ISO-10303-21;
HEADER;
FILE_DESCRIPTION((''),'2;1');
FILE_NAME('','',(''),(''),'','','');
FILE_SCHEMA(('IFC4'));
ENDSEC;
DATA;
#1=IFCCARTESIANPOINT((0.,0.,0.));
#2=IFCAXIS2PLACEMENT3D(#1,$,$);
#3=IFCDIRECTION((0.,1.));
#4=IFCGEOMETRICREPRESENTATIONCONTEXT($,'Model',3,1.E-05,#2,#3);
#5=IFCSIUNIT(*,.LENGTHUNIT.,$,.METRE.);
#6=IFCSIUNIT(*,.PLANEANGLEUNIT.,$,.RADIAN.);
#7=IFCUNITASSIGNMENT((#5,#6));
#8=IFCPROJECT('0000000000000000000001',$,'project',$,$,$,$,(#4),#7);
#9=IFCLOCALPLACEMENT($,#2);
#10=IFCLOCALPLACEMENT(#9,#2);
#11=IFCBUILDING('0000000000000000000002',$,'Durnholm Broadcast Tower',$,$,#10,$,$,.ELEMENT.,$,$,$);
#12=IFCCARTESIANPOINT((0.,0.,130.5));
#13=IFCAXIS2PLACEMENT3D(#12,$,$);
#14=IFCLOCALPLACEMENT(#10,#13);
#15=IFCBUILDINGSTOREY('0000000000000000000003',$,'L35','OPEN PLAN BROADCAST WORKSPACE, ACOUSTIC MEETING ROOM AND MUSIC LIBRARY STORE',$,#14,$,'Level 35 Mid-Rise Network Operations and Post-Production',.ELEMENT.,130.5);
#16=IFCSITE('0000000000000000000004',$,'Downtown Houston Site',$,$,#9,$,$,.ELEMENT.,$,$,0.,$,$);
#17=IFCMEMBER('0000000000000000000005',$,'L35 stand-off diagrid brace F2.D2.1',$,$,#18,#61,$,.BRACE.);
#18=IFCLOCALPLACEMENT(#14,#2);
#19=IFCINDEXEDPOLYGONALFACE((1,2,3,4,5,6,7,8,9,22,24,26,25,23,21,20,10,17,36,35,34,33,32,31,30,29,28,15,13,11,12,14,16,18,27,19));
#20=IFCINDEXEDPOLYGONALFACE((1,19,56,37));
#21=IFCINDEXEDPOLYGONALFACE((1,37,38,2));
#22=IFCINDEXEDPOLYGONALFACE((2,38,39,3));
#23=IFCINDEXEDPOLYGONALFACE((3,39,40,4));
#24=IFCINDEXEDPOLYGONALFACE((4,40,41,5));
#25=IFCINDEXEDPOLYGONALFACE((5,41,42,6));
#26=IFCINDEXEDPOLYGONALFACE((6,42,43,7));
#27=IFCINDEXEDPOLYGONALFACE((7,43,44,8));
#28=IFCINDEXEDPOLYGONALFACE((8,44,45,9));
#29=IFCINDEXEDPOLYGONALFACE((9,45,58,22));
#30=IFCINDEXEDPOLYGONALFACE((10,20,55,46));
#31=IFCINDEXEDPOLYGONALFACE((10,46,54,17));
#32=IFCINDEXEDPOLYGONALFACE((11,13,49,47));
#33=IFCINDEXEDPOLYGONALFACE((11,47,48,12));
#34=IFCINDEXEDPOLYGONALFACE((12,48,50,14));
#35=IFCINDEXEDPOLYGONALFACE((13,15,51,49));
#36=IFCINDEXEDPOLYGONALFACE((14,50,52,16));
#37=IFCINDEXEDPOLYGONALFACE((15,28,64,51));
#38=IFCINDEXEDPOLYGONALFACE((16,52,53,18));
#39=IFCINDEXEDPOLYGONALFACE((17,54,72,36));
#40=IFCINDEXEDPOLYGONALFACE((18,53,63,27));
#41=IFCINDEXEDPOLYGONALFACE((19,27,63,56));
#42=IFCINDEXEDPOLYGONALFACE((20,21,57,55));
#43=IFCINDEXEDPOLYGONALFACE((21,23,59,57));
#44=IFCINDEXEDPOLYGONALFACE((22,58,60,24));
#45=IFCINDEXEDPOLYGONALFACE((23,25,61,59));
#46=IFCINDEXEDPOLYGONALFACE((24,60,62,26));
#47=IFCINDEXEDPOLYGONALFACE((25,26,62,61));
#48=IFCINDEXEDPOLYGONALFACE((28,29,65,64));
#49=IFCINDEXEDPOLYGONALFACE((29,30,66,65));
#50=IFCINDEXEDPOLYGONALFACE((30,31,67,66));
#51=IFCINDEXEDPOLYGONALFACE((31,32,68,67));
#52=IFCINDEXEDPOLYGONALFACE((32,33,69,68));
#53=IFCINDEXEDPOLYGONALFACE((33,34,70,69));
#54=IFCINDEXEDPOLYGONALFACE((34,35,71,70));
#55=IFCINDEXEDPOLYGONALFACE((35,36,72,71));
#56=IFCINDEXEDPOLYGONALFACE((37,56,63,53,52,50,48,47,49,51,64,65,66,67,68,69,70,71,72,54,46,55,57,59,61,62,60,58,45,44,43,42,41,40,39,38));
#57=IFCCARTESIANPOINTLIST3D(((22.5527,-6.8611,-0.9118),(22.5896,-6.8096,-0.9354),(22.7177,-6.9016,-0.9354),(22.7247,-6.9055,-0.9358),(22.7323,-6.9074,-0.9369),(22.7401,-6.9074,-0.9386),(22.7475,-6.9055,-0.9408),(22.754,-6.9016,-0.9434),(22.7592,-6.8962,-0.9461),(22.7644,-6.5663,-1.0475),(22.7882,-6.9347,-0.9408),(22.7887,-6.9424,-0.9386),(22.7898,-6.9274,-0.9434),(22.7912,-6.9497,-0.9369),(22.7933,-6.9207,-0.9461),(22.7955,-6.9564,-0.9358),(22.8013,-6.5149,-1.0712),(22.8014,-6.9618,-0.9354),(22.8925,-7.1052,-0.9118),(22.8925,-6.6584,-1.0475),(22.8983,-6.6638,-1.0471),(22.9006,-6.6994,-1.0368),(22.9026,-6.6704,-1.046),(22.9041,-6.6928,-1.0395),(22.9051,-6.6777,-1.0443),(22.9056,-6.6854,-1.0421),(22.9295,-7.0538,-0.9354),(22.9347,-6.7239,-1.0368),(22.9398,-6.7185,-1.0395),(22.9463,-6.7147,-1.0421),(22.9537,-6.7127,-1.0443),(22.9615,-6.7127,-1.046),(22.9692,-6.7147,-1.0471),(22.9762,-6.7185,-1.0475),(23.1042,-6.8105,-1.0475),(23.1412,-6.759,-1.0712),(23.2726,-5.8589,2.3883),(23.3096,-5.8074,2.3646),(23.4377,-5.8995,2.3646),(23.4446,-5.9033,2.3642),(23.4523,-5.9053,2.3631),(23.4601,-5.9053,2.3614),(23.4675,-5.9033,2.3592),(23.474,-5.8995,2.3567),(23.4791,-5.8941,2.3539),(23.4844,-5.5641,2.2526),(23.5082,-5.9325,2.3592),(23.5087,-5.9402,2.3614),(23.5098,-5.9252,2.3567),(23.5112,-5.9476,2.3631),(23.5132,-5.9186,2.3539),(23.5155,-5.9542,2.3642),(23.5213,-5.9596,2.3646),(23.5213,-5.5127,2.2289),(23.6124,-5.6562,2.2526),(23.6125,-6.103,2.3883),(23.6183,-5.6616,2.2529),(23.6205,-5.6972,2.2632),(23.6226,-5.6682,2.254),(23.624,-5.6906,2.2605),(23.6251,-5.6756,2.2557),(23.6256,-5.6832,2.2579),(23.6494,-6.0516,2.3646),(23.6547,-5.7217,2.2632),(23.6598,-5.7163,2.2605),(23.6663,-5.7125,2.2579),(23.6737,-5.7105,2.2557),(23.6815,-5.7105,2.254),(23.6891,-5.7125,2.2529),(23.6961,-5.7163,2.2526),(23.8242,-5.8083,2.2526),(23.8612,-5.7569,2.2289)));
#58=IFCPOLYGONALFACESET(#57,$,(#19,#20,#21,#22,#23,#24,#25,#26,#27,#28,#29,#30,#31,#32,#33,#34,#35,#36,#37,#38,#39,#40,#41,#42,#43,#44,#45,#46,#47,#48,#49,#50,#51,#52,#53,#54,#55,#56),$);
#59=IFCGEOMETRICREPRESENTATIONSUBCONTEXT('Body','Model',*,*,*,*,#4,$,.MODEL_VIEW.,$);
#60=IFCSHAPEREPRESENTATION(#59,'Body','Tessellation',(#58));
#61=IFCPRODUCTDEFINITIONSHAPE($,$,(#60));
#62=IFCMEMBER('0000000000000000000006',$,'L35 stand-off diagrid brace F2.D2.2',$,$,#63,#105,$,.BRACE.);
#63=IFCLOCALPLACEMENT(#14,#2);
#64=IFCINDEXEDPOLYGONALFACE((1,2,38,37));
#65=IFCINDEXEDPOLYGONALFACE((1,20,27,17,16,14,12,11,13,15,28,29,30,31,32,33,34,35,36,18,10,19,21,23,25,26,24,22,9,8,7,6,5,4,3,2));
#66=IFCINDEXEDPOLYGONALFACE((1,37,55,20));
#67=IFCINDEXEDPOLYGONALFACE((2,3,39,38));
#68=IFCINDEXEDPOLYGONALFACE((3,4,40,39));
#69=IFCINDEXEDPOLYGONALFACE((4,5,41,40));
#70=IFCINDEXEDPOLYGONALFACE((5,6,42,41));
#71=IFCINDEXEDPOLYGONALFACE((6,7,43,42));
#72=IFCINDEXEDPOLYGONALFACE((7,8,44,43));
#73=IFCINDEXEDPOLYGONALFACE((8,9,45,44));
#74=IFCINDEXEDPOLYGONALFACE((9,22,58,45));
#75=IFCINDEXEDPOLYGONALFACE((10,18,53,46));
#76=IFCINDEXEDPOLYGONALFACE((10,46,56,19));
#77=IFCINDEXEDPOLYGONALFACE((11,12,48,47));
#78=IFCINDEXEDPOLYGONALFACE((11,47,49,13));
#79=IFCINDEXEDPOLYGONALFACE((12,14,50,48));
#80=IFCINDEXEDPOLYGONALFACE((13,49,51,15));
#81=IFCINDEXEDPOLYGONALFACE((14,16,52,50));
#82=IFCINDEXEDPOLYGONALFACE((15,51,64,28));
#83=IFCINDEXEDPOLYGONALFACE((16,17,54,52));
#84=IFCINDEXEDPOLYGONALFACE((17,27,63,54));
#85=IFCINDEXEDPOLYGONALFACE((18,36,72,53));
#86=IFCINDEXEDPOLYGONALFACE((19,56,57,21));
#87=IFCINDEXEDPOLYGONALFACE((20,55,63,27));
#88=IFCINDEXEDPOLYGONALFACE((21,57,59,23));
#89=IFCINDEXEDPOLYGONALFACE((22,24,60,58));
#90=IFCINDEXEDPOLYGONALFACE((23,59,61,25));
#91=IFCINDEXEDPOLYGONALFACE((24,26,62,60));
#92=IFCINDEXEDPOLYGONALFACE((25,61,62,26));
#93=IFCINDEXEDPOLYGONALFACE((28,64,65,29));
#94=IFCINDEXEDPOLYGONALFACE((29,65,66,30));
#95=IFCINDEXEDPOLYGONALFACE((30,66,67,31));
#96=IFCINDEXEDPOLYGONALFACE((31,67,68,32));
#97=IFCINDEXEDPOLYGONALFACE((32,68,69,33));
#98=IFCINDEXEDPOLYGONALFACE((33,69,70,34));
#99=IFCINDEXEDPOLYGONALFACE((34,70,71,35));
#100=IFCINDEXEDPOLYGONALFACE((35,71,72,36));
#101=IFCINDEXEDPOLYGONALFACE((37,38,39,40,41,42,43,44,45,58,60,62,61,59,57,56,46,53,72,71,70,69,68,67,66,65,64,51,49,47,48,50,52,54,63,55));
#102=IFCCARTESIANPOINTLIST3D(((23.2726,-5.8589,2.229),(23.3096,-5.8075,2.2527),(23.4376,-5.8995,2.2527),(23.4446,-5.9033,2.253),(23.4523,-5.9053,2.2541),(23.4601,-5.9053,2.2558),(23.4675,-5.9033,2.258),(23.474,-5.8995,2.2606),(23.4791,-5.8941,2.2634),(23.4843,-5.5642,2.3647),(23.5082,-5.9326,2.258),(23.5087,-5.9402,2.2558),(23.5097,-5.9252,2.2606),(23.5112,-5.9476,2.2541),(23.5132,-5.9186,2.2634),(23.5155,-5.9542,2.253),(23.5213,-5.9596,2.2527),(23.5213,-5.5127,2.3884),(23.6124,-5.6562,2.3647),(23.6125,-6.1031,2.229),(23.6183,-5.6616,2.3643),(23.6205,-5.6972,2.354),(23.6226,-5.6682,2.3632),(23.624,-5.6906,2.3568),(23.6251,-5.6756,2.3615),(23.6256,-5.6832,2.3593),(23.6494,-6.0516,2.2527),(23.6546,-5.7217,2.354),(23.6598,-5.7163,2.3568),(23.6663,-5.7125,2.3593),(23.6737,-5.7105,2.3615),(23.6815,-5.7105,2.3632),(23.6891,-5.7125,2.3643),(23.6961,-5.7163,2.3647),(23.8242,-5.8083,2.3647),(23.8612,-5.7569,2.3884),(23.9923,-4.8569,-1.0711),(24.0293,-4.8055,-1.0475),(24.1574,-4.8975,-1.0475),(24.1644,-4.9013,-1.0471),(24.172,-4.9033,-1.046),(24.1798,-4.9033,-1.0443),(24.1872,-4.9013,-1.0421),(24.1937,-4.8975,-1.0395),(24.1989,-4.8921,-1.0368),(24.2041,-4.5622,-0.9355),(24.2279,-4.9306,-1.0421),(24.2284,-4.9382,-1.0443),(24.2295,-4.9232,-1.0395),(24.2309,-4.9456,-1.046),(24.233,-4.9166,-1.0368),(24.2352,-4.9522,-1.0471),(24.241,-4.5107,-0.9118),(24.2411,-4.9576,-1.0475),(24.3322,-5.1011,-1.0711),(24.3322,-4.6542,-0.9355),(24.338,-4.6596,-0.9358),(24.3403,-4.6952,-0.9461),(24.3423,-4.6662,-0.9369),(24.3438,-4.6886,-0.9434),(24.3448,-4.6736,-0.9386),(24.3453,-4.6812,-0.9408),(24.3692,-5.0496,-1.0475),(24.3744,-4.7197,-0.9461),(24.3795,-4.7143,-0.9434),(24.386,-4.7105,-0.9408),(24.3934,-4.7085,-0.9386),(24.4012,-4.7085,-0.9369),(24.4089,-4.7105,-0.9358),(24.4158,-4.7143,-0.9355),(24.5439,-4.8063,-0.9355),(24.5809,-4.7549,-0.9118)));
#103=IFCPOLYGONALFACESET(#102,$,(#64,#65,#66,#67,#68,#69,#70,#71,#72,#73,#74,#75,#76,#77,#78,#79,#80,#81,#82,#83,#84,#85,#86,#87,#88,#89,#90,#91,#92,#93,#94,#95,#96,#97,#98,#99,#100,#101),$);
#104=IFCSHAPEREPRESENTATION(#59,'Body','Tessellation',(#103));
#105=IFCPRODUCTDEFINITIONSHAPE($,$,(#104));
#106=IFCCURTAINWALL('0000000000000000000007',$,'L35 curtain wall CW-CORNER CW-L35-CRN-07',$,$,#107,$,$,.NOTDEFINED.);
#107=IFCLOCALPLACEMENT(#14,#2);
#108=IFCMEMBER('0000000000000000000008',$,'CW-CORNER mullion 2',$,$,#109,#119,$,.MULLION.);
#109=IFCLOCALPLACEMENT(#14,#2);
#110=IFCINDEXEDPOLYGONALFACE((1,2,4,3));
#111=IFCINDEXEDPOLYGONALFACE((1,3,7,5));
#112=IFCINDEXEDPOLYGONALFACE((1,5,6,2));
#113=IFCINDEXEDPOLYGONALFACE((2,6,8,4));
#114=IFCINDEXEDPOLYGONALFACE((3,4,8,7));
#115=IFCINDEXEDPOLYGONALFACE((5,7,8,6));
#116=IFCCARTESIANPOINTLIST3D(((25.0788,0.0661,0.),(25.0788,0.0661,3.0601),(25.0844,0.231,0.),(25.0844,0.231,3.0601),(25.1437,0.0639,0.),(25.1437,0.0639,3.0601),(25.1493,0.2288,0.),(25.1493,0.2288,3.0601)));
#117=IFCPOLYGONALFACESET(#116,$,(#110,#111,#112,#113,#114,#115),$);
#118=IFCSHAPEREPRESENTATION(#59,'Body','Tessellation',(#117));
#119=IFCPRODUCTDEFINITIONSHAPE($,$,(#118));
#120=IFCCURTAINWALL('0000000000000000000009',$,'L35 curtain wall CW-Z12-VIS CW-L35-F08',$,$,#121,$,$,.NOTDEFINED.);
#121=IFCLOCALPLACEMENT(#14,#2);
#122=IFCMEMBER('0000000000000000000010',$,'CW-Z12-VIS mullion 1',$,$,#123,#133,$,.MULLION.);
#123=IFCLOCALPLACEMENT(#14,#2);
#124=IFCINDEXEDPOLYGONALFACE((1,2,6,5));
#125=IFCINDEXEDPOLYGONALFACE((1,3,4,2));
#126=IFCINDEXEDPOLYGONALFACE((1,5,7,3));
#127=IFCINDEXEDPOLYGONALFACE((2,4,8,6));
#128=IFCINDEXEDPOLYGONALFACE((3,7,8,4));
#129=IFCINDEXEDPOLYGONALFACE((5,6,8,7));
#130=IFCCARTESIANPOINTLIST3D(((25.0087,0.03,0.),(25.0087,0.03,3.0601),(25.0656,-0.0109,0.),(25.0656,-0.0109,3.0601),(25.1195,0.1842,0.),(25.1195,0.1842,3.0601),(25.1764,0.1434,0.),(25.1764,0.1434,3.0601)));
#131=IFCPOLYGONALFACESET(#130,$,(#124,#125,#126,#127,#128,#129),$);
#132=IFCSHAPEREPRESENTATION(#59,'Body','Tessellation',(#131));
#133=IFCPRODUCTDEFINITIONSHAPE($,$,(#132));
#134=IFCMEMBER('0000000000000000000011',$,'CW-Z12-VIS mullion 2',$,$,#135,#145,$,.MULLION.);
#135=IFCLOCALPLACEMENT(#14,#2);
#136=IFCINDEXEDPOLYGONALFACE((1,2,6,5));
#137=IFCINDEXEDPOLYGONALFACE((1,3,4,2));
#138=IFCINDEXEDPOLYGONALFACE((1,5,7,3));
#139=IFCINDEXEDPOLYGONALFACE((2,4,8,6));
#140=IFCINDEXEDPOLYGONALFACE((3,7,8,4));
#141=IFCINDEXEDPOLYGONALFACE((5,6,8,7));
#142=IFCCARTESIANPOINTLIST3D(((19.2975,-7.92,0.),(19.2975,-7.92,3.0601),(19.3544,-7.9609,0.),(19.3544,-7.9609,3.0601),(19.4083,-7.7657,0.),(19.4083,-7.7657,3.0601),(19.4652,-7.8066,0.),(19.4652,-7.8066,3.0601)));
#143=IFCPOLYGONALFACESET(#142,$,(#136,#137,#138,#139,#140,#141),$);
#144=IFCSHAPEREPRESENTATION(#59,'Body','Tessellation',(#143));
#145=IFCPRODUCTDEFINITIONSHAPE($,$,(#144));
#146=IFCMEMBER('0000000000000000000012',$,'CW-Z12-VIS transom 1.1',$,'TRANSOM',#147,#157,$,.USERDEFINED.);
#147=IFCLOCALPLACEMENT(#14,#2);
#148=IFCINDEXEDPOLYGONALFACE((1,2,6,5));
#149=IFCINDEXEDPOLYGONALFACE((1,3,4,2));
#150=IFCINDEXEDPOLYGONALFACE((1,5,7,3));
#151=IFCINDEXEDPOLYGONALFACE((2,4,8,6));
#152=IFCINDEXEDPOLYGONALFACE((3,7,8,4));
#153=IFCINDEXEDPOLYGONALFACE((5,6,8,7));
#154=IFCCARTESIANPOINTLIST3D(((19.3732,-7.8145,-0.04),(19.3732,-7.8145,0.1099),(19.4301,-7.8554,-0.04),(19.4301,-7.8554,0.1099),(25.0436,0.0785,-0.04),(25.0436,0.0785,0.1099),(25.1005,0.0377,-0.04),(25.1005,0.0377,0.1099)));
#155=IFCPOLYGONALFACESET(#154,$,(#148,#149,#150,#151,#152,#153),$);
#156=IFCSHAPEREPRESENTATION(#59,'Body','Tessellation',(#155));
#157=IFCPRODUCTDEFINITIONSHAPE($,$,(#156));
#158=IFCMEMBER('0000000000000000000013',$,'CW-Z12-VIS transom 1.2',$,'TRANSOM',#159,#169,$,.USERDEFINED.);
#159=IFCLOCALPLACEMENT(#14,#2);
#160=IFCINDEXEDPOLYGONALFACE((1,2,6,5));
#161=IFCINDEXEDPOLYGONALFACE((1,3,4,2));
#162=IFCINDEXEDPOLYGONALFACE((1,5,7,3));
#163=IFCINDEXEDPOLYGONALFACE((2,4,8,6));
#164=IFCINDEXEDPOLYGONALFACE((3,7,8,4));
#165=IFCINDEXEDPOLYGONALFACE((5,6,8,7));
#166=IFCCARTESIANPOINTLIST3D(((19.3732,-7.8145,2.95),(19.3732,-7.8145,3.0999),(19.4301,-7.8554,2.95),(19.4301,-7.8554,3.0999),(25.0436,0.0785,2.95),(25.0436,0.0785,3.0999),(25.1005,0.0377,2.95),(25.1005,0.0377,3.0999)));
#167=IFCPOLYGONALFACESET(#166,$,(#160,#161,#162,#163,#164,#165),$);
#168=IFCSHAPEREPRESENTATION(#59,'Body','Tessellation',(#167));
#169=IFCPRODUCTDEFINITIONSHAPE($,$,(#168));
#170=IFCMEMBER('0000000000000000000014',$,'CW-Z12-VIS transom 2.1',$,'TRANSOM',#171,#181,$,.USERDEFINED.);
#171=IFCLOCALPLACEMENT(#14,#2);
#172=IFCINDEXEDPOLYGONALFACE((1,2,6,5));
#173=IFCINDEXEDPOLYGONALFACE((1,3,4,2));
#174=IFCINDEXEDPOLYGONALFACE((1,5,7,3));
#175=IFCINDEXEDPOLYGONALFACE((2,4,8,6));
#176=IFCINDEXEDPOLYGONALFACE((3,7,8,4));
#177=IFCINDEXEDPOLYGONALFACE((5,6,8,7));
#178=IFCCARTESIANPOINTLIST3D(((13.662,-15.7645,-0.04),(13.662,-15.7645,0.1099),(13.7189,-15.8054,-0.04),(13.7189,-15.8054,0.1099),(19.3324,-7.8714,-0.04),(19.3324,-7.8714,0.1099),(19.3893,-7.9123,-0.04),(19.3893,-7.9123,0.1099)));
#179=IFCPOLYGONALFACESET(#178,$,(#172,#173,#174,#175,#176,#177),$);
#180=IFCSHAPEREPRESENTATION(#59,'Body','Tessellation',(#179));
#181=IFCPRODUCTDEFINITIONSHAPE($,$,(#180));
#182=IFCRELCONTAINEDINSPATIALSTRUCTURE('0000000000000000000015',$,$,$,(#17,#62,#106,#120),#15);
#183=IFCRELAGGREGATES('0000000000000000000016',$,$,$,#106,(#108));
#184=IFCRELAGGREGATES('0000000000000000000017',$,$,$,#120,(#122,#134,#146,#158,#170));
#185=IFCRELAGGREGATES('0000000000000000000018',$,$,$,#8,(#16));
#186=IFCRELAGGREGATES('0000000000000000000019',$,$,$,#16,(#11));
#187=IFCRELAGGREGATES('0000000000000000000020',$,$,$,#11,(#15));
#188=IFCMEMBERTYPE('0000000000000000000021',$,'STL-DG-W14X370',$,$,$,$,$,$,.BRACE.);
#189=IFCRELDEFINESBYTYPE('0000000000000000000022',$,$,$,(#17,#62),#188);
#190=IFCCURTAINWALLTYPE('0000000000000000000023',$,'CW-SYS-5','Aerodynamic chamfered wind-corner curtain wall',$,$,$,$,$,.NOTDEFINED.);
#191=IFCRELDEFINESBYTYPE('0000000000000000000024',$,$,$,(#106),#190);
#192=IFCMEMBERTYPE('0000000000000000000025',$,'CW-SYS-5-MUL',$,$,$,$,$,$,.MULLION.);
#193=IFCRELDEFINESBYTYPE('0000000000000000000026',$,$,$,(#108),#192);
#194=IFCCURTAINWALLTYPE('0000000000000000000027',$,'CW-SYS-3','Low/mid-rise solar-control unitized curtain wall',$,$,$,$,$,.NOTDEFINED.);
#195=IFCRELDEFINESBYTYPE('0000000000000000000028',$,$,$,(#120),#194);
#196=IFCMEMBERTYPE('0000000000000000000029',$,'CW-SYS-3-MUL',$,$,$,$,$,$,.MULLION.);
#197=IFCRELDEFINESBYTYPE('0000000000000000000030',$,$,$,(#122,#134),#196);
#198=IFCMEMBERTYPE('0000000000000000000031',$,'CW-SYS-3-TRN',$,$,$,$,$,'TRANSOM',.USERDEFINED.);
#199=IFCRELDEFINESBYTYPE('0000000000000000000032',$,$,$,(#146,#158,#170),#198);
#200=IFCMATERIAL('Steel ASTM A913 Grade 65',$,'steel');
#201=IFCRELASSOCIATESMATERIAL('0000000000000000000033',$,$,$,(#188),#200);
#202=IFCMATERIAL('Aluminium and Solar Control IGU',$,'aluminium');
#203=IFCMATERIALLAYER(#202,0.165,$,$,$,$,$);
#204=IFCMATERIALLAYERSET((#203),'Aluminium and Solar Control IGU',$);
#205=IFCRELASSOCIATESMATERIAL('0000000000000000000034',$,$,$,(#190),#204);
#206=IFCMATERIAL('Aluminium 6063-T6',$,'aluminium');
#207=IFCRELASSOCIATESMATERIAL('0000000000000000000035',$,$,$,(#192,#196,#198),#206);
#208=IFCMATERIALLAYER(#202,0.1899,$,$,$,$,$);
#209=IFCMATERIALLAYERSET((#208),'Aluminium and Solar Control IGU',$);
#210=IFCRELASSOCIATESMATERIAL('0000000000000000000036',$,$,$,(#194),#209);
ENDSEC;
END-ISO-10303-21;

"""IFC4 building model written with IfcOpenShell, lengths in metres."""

from ifc_helpers import new_model, si_unit, direction, frame, origin, origin_2d, place, context, subcontext, project, spatial, rectangle, i_section, extrude, source, transform, mapped, material, layer, layer_set, material_profile, profile_set, type_object, type_shapes, element, aggregate, save


model = new_model("IFC4")

# Units and contexts
model_context = context("Model", 3, precision=1e-05, world=origin(), true_north=direction((0.0, 1.0)))
body_context = subcontext(model_context, "Body", "Model", "MODEL_VIEW")
ifc_project = project(units=[si_unit("LENGTHUNIT", "METRE"), si_unit("PLANEANGLEUNIT", "RADIAN")], contexts=[model_context])

# Site, building, storey
site_placement = place(None, origin())
site = spatial("IfcSite", under=ifc_project, at=site_placement, Name="Downtown Houston Site", CompositionType="ELEMENT", RefElevation=0.0)
building_placement = place(site_placement, origin())
building = spatial("IfcBuilding", under=site, at=building_placement, Name="Durnholm Broadcast Tower", CompositionType="ELEMENT")
storey_placement = place(building_placement, frame((0.0, 0.0, 130.5)))
storey = spatial("IfcBuildingStorey", under=building, at=storey_placement, Name="L35", Description="OPEN PLAN BROADCAST WORKSPACE, ACOUSTIC MEETING ROOM AND MUSIC LIBRARY STORE", LongName="Level 35 Mid-Rise Network Operations and Post-Production", CompositionType="ELEMENT", Elevation=130.5)

# Members
ifc_material_1 = material(Name="Steel ASTM A913 Grade 65", Category="steel")
ifc_material_profile_1 = material_profile(ifc_material_1, i_section(OverallWidth=0.4185, OverallDepth=0.4551, WebThickness=0.042, FlangeThickness=0.0676, FilletRadius=0.0305, at=origin_2d()), Name="W14X370")
ifc_profile_set_1 = profile_set([ifc_material_profile_1], Name="Steel ASTM A913 Grade 65")
member_type_1 = type_object("IfcMemberType", Name="STL-DG-W14X370", PredefinedType="BRACE", material=ifc_profile_set_1)
shared_shape_1 = source(origin(), body_context, "Body", "SweptSolid", [
    extrude(i_section(OverallWidth=0.4185, OverallDepth=0.4551, WebThickness=0.042, FlangeThickness=0.0676, FilletRadius=0.0305, at=origin_2d()), origin(), (0.0, 0.0, 1.0), 3.5232),
])
type_shapes(member_type_1, [shared_shape_1])
for number, where, z_axis, x_axis, name in (
    (1, (22.8469, -6.8101, -0.9915), (0.20435, 0.284455, 0.936657), (-0.812153, 0.583444, 0.0), "L35 stand-off diagrid brace F2.D2.1"),
    (2, (24.2866, -4.8059, -0.9915), (-0.204288, -0.284395, 0.936689), (0.812179, -0.583408, 0.0), "L35 stand-off diagrid brace F2.D2.2"),
):
    element("IfcMember", number, at=place(storey_placement, frame(where, z_axis=z_axis, x_axis=x_axis)), inside=storey, type_object=member_type_1, Name=name, PredefinedType="BRACE", context=body_context, shape_type="MappedRepresentation", body=[
        mapped(shared_shape_1, transform((0.0, 0.0, 0.0), x_axis=(1.0, 0.0, 0.0), y_axis=(0.0, 1.0, 0.0), z_axis=(0.0, 0.0, 1.0), scale=1.0)),
    ])

# Curtain wall, member
ifc_material_2 = material(Name="Aluminium and Solar Control IGU", Category="aluminium")
ifc_layer_1 = layer(ifc_material_2, 0.165)
ifc_layer_set_1 = layer_set([ifc_layer_1], Name="Aluminium and Solar Control IGU")
curtain_wall_type_1 = type_object("IfcCurtainWallType", Name="CW-SYS-5", Description="Aerodynamic chamfered wind-corner curtain wall", PredefinedType="NOTDEFINED", material=ifc_layer_set_1)
curtain_wall_1_placement = place(storey_placement, origin())
curtain_wall_1 = element("IfcCurtainWall", 3, at=curtain_wall_1_placement, inside=storey, type_object=curtain_wall_type_1, Name="L35 curtain wall CW-CORNER CW-L35-CRN-07", PredefinedType="NOTDEFINED")
ifc_material_3 = material(Name="Aluminium 6063-T6", Category="aluminium")
ifc_material_profile_2 = material_profile(ifc_material_3, rectangle(XDim=0.0649, YDim=0.165, at=origin_2d()), Name="CWM65X165")
ifc_profile_set_2 = profile_set([ifc_material_profile_2], Name="Aluminium 6063-T6")
member_type_2 = type_object("IfcMemberType", Name="CW-SYS-5-MUL", PredefinedType="MULLION", material=ifc_profile_set_2)
shared_shape_2 = source(origin(), body_context, "Body", "SweptSolid", [
    extrude(rectangle(XDim=0.0649, YDim=0.165, at=origin_2d()), origin(), (0.0, 0.0, 1.0), 3.0601),
])
type_shapes(member_type_2, [shared_shape_2])
member_1_placement = place(storey_placement, frame((25.114, 0.1475, 0.0), z_axis=(0.0, 0.0, 1.0), x_axis=(0.999425, -0.033917, 0.0)))
member_1 = element("IfcMember", 4, at=member_1_placement, type_object=member_type_2, Name="CW-CORNER mullion 2", PredefinedType="MULLION", context=body_context, shape_type="MappedRepresentation", body=[
    mapped(shared_shape_2, transform((0.0, 0.0, 0.0), x_axis=(1.0, 0.0, 0.0), y_axis=(0.0, 1.0, 0.0), z_axis=(0.0, 0.0, 1.0), scale=1.0)),
])
aggregate(curtain_wall_1, [member_1])

# Curtain wall, members
ifc_layer_2 = layer(ifc_material_2, 0.1899)
ifc_layer_set_2 = layer_set([ifc_layer_2], Name="Aluminium and Solar Control IGU")
curtain_wall_type_2 = type_object("IfcCurtainWallType", Name="CW-SYS-3", Description="Low/mid-rise solar-control unitized curtain wall", PredefinedType="NOTDEFINED", material=ifc_layer_set_2)
curtain_wall_2_placement = place(storey_placement, origin())
curtain_wall_2 = element("IfcCurtainWall", 5, at=curtain_wall_2_placement, inside=storey, type_object=curtain_wall_type_2, Name="L35 curtain wall CW-Z12-VIS CW-L35-F08", PredefinedType="NOTDEFINED")
ifc_material_profile_3 = material_profile(ifc_material_3, rectangle(XDim=0.0701, YDim=0.1899, at=origin_2d()), Name="CWM70X190")
ifc_profile_set_3 = profile_set([ifc_material_profile_3], Name="Aluminium 6063-T6")
member_type_3 = type_object("IfcMemberType", Name="CW-SYS-3-MUL", PredefinedType="MULLION", material=ifc_profile_set_3)
shared_shape_3 = source(origin(), body_context, "Body", "SweptSolid", [
    extrude(rectangle(XDim=0.0701, YDim=0.1899, at=origin_2d()), origin(), (0.0, 0.0, 1.0), 3.0601),
])
type_shapes(member_type_3, [shared_shape_3])
member_2_placement = place(storey_placement, frame((25.0925, 0.0867, 0.0), z_axis=(0.0, 0.0, 1.0), x_axis=(0.812152, -0.583445, 0.0)))
member_2 = element("IfcMember", 6, at=member_2_placement, type_object=member_type_3, Name="CW-Z12-VIS mullion 1", PredefinedType="MULLION", context=body_context, shape_type="MappedRepresentation", body=[
    mapped(shared_shape_3, transform((0.0, 0.0, 0.0), x_axis=(1.0, 0.0, 0.0), y_axis=(0.0, 1.0, 0.0), z_axis=(0.0, 0.0, 1.0), scale=1.0)),
])
member_3_placement = place(storey_placement, frame((19.3813, -7.8633, 0.0), z_axis=(0.0, 0.0, 1.0), x_axis=(0.812152, -0.583445, 0.0)))
member_3 = element("IfcMember", 7, at=member_3_placement, type_object=member_type_3, Name="CW-Z12-VIS mullion 2", PredefinedType="MULLION", context=body_context, shape_type="MappedRepresentation", body=[
    mapped(shared_shape_3, transform((0.0, 0.0, 0.0), x_axis=(1.0, 0.0, 0.0), y_axis=(0.0, 1.0, 0.0), z_axis=(0.0, 0.0, 1.0), scale=1.0)),
])
ifc_material_profile_4 = material_profile(ifc_material_3, rectangle(XDim=0.0701, YDim=0.1499, at=origin_2d()), Name="CWT70X150")
ifc_profile_set_4 = profile_set([ifc_material_profile_4], Name="Aluminium 6063-T6")
member_type_4 = type_object("IfcMemberType", Name="CW-SYS-3-TRN", ElementType="TRANSOM", PredefinedType="USERDEFINED", material=ifc_profile_set_4)
shared_shape_4 = source(origin(), body_context, "Body", "SweptSolid", [
    extrude(rectangle(XDim=0.0701, YDim=0.1499, at=origin_2d()), origin(), (0.0, 0.0, 1.0), 9.7188),
])
type_shapes(member_type_4, [shared_shape_4])
member_4_placement = place(storey_placement, frame((25.072, 0.0581, 0.0349), z_axis=(-0.583451, -0.812149, 0.0), x_axis=(0.812149, -0.583451, 0.0)))
member_4 = element("IfcMember", 8, at=member_4_placement, type_object=member_type_4, Name="CW-Z12-VIS transom 1.1", ObjectType="TRANSOM", PredefinedType="USERDEFINED", context=body_context, shape_type="MappedRepresentation", body=[
    mapped(shared_shape_4, transform((0.0, 0.0, 0.0), x_axis=(1.0, 0.0, 0.0), y_axis=(0.0, 1.0, 0.0), z_axis=(0.0, 0.0, 1.0), scale=1.0)),
])
member_5_placement = place(storey_placement, frame((25.072, 0.0581, 3.0249), z_axis=(-0.583451, -0.812149, 0.0), x_axis=(0.812149, -0.583451, 0.0)))
member_5 = element("IfcMember", 9, at=member_5_placement, type_object=member_type_4, Name="CW-Z12-VIS transom 1.2", ObjectType="TRANSOM", PredefinedType="USERDEFINED", context=body_context, shape_type="MappedRepresentation", body=[
    mapped(shared_shape_4, transform((0.0, 0.0, 0.0), x_axis=(1.0, 0.0, 0.0), y_axis=(0.0, 1.0, 0.0), z_axis=(0.0, 0.0, 1.0), scale=1.0)),
])
member_6_placement = place(storey_placement, frame((19.3608, -7.8918, 0.0349), z_axis=(-0.583451, -0.812149, 0.0), x_axis=(0.812149, -0.583451, 0.0)))
member_6 = element("IfcMember", 10, at=member_6_placement, type_object=member_type_4, Name="CW-Z12-VIS transom 2.1", ObjectType="TRANSOM", PredefinedType="USERDEFINED", context=body_context, shape_type="MappedRepresentation", body=[
    mapped(shared_shape_4, transform((0.0, 0.0, 0.0), x_axis=(1.0, 0.0, 0.0), y_axis=(0.0, 1.0, 0.0), z_axis=(0.0, 0.0, 1.0), scale=1.0)),
])

aggregate(curtain_wall_2, [member_2, member_3, member_4, member_5, member_6])

save(model, "model.ifc")
